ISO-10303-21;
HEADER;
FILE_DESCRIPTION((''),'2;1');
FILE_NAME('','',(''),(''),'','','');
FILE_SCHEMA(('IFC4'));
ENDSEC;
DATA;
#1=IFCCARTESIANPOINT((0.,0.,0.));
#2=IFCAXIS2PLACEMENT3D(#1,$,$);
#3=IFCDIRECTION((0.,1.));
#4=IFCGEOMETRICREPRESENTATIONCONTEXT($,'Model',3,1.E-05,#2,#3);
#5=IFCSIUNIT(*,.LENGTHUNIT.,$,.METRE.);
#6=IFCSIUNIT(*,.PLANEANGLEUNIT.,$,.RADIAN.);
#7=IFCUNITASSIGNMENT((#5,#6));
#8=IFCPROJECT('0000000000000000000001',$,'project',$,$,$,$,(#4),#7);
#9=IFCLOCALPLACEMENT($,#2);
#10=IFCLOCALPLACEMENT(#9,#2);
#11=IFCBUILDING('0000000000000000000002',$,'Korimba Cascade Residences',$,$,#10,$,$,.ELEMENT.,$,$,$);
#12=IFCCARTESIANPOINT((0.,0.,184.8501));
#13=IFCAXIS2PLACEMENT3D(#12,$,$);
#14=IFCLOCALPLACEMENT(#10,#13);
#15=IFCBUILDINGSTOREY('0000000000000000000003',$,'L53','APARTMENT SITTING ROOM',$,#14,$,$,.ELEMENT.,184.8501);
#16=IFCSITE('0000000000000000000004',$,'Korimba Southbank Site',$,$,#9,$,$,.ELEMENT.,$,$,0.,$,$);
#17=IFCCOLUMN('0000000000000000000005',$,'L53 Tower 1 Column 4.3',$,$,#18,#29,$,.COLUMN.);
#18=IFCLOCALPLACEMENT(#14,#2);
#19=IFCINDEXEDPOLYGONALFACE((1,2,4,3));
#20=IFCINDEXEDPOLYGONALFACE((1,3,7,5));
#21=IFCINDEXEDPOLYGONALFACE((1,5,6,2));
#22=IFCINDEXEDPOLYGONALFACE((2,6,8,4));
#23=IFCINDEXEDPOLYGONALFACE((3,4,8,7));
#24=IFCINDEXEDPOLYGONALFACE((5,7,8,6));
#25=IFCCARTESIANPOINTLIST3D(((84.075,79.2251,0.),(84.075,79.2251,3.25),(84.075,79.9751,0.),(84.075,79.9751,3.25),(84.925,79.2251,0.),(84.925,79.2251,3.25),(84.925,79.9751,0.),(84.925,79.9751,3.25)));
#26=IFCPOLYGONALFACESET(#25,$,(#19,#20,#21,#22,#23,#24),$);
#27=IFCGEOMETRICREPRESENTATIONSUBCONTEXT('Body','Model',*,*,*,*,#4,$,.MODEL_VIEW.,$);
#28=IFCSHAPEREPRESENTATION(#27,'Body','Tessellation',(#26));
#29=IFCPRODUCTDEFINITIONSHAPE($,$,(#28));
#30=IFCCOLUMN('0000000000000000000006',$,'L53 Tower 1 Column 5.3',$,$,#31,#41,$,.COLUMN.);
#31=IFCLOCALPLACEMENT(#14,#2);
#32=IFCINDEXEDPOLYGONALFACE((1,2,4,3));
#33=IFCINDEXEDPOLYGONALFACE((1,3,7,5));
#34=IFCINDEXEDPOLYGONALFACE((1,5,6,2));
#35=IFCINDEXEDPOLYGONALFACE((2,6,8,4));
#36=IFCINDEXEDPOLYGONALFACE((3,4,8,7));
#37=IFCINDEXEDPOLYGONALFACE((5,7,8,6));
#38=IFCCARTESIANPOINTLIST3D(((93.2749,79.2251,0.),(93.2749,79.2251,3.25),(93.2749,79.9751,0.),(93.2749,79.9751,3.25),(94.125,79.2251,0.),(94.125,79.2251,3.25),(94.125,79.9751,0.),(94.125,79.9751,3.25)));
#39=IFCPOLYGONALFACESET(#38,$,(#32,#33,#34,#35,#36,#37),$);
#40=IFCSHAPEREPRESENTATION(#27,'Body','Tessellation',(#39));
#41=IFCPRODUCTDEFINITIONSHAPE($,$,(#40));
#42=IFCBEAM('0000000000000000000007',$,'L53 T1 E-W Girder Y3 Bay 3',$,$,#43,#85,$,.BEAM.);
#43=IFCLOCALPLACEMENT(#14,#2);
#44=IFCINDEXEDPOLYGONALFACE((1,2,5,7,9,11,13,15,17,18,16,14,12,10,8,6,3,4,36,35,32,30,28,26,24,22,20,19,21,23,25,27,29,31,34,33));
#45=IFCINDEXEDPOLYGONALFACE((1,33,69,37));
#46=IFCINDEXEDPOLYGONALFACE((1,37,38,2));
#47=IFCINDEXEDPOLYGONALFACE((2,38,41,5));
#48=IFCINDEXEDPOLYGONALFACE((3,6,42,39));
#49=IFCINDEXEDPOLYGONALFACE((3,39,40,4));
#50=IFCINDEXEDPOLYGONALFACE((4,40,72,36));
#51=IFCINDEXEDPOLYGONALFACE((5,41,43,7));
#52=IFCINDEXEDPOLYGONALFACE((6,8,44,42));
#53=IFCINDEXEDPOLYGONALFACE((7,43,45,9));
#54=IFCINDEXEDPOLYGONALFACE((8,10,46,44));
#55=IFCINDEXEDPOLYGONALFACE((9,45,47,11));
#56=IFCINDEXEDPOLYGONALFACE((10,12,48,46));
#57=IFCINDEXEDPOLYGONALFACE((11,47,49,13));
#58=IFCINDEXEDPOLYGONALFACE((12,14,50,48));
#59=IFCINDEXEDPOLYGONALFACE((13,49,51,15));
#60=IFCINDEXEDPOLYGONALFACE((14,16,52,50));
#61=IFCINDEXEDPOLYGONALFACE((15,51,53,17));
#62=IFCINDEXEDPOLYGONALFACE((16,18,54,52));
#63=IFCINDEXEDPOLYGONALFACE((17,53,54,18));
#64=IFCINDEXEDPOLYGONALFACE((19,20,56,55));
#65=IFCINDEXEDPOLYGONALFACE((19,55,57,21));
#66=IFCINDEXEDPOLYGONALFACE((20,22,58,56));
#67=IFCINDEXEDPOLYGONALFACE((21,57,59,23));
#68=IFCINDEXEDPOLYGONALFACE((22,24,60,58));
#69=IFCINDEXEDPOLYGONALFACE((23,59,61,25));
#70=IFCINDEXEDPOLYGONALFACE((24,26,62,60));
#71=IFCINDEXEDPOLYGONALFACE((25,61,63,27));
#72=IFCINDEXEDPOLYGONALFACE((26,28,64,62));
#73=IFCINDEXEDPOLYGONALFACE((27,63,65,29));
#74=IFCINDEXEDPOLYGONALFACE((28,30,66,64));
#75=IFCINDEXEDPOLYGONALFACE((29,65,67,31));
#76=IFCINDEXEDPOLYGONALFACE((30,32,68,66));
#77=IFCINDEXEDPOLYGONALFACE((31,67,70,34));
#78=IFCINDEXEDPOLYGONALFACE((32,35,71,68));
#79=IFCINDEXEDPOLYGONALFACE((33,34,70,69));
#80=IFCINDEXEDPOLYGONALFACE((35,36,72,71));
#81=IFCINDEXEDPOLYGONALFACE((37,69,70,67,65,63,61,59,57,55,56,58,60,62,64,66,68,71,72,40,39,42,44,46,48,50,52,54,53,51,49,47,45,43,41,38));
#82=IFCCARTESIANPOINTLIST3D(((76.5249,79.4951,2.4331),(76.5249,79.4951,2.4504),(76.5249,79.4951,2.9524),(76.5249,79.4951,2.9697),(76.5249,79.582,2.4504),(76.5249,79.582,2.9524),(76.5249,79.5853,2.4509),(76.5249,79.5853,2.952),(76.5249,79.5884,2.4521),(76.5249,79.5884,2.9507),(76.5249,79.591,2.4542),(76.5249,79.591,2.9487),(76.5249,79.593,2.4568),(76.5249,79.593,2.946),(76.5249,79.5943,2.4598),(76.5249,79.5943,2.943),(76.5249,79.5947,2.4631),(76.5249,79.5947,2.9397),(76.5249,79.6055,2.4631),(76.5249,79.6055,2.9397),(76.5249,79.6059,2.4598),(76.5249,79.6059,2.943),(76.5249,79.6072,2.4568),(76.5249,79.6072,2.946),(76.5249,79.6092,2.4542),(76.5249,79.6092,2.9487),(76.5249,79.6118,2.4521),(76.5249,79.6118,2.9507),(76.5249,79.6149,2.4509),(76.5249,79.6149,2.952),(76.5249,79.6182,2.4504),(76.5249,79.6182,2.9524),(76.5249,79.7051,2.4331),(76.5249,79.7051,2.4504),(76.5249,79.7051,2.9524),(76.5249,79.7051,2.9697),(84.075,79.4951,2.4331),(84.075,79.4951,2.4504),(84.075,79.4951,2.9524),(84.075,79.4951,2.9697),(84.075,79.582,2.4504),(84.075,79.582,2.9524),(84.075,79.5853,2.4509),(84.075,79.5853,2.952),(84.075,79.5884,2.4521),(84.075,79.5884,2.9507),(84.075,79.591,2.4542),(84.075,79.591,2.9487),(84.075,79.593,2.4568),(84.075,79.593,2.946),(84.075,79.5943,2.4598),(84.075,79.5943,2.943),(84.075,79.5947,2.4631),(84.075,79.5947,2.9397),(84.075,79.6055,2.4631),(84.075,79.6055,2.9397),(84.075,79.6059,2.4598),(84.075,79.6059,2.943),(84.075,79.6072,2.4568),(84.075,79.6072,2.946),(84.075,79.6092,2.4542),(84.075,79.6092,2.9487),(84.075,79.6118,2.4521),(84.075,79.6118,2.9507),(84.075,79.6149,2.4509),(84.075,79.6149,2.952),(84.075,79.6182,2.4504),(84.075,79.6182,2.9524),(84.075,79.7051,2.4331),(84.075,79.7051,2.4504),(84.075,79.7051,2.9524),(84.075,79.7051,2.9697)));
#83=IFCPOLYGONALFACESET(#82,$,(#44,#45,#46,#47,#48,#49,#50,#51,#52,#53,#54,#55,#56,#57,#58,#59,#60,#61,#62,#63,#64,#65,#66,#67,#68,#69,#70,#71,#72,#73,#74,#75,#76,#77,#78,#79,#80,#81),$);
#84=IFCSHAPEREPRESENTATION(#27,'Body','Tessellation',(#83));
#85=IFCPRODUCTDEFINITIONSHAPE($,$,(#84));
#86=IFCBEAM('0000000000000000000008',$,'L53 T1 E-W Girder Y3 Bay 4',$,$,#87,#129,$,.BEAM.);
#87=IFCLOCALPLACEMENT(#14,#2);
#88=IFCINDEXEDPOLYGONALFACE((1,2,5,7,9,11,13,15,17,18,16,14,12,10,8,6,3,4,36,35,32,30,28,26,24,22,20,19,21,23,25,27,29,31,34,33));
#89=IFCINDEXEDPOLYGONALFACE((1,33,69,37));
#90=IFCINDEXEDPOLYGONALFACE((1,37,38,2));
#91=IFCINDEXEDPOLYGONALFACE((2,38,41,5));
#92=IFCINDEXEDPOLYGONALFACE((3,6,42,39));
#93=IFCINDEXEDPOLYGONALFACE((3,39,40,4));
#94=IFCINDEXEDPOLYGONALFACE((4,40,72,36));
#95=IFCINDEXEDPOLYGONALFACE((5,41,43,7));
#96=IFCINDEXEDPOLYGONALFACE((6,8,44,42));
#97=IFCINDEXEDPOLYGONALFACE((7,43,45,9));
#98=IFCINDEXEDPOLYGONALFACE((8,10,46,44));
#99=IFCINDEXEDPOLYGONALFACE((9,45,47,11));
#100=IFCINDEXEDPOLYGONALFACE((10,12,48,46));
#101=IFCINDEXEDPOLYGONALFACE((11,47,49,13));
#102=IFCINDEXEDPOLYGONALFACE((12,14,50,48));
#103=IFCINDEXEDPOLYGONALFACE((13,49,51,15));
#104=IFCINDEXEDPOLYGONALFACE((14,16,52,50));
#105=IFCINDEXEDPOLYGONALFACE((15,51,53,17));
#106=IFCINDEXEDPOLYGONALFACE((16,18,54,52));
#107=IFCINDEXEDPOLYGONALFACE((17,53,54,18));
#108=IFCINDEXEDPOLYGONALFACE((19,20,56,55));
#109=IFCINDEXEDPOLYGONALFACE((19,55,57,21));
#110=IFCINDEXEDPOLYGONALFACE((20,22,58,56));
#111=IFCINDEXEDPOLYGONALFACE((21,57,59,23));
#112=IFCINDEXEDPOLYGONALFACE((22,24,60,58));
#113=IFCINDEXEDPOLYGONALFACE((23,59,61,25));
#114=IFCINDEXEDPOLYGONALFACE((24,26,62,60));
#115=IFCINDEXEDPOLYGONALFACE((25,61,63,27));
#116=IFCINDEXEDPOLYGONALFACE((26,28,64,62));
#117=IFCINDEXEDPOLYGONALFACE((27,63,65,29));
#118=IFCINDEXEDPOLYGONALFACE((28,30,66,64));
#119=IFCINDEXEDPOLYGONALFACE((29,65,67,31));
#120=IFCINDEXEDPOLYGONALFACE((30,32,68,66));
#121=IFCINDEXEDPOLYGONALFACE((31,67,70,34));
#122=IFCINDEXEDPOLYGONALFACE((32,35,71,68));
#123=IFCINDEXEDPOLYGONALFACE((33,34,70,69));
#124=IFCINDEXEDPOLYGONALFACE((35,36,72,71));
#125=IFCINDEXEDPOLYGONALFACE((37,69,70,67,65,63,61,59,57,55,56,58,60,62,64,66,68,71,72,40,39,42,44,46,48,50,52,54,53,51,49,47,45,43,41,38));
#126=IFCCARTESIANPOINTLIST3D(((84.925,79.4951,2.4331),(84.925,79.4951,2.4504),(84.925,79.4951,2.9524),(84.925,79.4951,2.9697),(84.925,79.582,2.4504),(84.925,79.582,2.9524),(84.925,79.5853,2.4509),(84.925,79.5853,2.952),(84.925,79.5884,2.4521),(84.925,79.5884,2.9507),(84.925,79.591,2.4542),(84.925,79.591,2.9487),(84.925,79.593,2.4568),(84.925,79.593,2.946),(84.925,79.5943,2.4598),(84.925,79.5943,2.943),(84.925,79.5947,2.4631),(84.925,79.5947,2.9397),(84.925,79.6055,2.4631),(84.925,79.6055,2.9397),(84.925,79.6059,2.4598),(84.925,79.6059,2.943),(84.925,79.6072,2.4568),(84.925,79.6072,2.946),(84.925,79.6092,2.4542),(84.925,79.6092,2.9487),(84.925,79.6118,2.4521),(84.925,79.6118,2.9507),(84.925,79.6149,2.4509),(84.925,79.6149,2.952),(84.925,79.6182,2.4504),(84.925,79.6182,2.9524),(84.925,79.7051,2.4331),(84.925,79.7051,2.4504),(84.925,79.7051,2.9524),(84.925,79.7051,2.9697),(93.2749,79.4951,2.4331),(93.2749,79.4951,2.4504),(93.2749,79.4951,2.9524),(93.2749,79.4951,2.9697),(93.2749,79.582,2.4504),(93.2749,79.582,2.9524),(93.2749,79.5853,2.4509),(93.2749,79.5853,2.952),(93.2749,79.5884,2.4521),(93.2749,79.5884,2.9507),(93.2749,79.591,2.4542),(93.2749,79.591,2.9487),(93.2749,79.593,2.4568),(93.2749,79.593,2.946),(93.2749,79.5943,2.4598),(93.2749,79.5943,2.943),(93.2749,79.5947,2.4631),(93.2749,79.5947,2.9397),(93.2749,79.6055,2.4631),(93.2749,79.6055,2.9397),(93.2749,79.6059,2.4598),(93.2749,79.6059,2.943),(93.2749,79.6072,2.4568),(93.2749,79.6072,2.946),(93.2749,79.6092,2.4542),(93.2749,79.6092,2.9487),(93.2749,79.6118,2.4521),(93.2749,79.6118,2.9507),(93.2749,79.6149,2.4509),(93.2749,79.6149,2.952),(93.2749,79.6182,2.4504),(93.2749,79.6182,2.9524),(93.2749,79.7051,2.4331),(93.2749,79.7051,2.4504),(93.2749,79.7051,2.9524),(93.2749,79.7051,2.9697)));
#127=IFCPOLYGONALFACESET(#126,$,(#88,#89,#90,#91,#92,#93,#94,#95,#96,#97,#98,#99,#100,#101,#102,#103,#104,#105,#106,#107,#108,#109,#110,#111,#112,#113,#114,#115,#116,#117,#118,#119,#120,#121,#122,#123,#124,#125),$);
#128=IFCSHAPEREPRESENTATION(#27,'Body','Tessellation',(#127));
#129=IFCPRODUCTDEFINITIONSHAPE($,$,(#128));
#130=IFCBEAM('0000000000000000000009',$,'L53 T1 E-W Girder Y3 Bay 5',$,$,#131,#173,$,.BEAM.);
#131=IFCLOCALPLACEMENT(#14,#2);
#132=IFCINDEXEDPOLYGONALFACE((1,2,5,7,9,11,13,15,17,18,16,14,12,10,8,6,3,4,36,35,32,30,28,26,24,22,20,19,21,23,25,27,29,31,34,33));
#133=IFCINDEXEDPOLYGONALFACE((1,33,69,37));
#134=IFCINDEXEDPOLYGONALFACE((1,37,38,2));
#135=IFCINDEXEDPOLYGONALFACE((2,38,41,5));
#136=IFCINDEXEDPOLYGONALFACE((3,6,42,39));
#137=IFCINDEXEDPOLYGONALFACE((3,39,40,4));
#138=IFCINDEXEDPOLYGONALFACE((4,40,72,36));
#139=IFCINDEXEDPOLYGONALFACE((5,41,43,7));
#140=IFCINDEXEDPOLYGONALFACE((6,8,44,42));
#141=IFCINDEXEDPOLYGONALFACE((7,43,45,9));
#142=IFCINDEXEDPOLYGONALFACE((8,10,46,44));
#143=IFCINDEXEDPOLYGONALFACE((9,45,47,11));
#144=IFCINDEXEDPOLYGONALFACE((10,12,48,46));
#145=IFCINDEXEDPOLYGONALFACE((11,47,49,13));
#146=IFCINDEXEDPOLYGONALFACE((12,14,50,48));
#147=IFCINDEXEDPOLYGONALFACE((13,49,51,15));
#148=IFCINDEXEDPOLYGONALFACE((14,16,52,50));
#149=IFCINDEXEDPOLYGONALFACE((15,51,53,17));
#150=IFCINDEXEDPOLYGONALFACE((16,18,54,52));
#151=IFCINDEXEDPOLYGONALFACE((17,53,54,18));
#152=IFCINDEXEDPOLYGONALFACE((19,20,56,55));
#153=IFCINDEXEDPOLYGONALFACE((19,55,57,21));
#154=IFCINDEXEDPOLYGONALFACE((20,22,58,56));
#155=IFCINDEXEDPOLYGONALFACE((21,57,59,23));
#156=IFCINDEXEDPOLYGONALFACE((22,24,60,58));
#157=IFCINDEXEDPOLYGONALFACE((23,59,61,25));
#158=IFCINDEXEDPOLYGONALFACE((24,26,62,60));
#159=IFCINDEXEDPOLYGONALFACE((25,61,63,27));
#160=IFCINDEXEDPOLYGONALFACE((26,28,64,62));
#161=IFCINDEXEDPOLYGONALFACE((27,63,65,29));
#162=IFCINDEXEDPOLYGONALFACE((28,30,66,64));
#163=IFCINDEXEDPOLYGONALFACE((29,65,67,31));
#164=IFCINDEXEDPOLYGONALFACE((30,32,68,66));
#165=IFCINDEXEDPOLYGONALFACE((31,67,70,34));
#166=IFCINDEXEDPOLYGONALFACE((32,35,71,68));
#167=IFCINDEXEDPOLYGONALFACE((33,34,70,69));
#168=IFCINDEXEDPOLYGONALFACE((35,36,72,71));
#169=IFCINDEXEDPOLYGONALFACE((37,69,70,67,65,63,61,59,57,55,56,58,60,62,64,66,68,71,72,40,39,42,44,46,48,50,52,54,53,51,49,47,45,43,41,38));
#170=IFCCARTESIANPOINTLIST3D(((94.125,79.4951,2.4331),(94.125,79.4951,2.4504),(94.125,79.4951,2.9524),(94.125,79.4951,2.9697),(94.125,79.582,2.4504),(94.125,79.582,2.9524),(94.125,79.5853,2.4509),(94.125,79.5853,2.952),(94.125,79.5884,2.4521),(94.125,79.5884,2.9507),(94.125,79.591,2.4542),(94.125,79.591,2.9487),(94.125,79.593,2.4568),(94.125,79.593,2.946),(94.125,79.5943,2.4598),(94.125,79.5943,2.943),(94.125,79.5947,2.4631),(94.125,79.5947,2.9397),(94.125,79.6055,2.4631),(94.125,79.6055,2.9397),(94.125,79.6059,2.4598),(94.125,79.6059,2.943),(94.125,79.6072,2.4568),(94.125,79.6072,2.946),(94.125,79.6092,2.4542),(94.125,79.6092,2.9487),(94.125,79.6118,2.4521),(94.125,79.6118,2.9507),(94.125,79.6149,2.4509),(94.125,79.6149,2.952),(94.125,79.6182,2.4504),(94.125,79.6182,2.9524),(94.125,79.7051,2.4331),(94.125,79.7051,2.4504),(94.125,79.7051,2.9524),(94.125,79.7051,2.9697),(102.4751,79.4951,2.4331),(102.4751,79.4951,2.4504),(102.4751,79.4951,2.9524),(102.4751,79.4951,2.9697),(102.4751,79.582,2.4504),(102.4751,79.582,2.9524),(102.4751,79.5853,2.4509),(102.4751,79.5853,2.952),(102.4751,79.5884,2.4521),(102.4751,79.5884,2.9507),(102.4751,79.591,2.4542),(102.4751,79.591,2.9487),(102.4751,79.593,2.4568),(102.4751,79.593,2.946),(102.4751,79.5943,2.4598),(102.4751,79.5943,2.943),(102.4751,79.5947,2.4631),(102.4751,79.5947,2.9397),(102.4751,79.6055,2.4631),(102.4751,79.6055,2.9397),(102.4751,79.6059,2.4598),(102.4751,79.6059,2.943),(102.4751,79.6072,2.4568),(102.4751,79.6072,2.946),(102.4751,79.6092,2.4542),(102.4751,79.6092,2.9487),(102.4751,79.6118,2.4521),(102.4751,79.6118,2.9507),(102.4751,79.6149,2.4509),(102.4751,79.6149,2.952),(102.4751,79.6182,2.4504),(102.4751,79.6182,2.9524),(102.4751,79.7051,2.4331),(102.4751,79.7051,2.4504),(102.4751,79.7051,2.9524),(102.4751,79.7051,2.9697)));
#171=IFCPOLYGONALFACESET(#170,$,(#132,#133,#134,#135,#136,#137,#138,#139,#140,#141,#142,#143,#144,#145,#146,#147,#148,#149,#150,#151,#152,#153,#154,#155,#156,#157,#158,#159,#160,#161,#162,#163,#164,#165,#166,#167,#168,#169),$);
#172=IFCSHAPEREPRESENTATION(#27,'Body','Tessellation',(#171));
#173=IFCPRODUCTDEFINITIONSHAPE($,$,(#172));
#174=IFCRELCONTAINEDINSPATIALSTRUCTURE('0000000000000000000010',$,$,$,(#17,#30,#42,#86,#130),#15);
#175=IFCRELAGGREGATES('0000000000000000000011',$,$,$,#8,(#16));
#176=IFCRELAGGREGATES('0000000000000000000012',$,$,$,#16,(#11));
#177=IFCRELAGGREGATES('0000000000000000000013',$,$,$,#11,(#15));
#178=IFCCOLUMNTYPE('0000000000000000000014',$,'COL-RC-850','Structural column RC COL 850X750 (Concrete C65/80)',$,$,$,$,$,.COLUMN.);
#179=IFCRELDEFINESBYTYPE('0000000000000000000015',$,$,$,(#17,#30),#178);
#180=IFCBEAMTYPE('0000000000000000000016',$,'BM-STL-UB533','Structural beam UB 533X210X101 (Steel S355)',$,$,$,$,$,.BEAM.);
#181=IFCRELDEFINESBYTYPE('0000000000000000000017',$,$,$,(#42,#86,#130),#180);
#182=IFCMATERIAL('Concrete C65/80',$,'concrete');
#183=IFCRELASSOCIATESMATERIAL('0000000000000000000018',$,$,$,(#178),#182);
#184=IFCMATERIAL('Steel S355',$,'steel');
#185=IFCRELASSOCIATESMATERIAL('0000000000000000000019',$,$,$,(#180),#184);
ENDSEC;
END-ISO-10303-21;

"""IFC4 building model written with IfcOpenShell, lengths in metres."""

from ifc_helpers import new_model, si_unit, direction, frame, origin, origin_2d, place, context, subcontext, project, spatial, rectangle, i_section, extrude, material, material_profile, profile_set, type_object, element, save


model = new_model("IFC4")

# Units and contexts
model_context = context("Model", 3, precision=1e-05, world=origin(), true_north=direction((0.0, 1.0)))
body_context = subcontext(model_context, "Body", "Model", "MODEL_VIEW")
ifc_project = project(units=[si_unit("LENGTHUNIT", "METRE"), si_unit("PLANEANGLEUNIT", "RADIAN")], contexts=[model_context])

# Site, building, storey
site_placement = place(None, origin())
site = spatial("IfcSite", under=ifc_project, at=site_placement, Name="Korimba Southbank Site", CompositionType="ELEMENT", RefElevation=0.0)
building_placement = place(site_placement, origin())
building = spatial("IfcBuilding", under=site, at=building_placement, Name="Korimba Cascade Residences", CompositionType="ELEMENT")
storey_placement = place(building_placement, frame((0.0, 0.0, 184.8501)))
storey = spatial("IfcBuildingStorey", under=building, at=storey_placement, Name="L53", Description="APARTMENT SITTING ROOM", CompositionType="ELEMENT", Elevation=184.8501)

# Columns
ifc_material_1 = material(Name="Concrete C65/80", Category="concrete")
ifc_material_profile_1 = material_profile(ifc_material_1, rectangle(XDim=0.8501, YDim=0.75, at=origin_2d()), Name="Concrete C65/80")
ifc_profile_set_1 = profile_set([ifc_material_profile_1], Name="Concrete C65/80")
column_type = type_object("IfcColumnType", Name="COL-RC-850", Description="Structural column RC COL 850X750 (Concrete C65/80)", PredefinedType="COLUMN", material=ifc_profile_set_1)
for number, where, z_axis, x_axis, name in (
    (1, (84.5, 79.6001, 0.0), (0.0, 0.0, 1.0), (1.0, 0.0, 0.0), "L53 Tower 1 Column 4.3"),
    (2, (93.7, 79.6001, 0.0), (0.0, 0.0, 1.0), (1.0, 0.0, 0.0), "L53 Tower 1 Column 5.3"),
):
    element("IfcColumn", number, at=place(storey_placement, frame(where, z_axis=z_axis, x_axis=x_axis)), inside=storey, type_object=column_type, Name=name, PredefinedType="COLUMN", context=body_context, shape_type="SweptSolid", body=[
        extrude(rectangle(XDim=0.8501, YDim=0.75, at=origin_2d()), origin(), (0.0, 0.0, 1.0), 3.25),
    ])

# Beams
ifc_material_2 = material(Name="Steel S355", Category="steel")
ifc_material_profile_2 = material_profile(ifc_material_2, i_section(OverallWidth=0.21, OverallDepth=0.5366, WebThickness=0.0107, FlangeThickness=0.0173, FilletRadius=0.0127, at=origin_2d()), Name="Steel S355")
ifc_profile_set_2 = profile_set([ifc_material_profile_2], Name="Steel S355")
beam_type_1 = type_object("IfcBeamType", Name="BM-STL-UB533", Description="Structural beam UB 533X210X101 (Steel S355)", PredefinedType="BEAM", material=ifc_profile_set_2)
beam_1_placement = place(storey_placement, frame((76.5249, 79.6001, 2.7014), z_axis=(1.0, 0.0, 0.0), x_axis=(0.0, 1.0, 0.0)))
element("IfcBeam", 3, at=beam_1_placement, inside=storey, type_object=beam_type_1, Name="L53 T1 E-W Girder Y3 Bay 3", PredefinedType="BEAM", context=body_context, shape_type="SweptSolid", body=[
    extrude(i_section(OverallWidth=0.21, OverallDepth=0.5366, WebThickness=0.0107, FlangeThickness=0.0173, FilletRadius=0.0127, at=origin_2d()), origin(), (0.0, 0.0, 1.0), 7.55),
])
beam_2_placement = place(storey_placement, frame((84.925, 79.6001, 2.7014), z_axis=(1.0, 0.0, 0.0), x_axis=(0.0, 1.0, 0.0)))
element("IfcBeam", 4, at=beam_2_placement, inside=storey, type_object=beam_type_1, Name="L53 T1 E-W Girder Y3 Bay 4", PredefinedType="BEAM", context=body_context, shape_type="SweptSolid", body=[
    extrude(i_section(OverallWidth=0.21, OverallDepth=0.5366, WebThickness=0.0107, FlangeThickness=0.0173, FilletRadius=0.0127, at=origin_2d()), origin(), (0.0, 0.0, 1.0), 8.3499),
])
beam_3_placement = place(storey_placement, frame((94.125, 79.6001, 2.7014), z_axis=(1.0, 0.0, 0.0), x_axis=(0.0, 1.0, 0.0)))
element("IfcBeam", 5, at=beam_3_placement, inside=storey, type_object=beam_type_1, Name="L53 T1 E-W Girder Y3 Bay 5", PredefinedType="BEAM", context=body_context, shape_type="SweptSolid", body=[
    extrude(i_section(OverallWidth=0.21, OverallDepth=0.5366, WebThickness=0.0107, FlangeThickness=0.0173, FilletRadius=0.0127, at=origin_2d()), origin(), (0.0, 0.0, 1.0), 8.3501),
])

save(model, "model.ifc")
